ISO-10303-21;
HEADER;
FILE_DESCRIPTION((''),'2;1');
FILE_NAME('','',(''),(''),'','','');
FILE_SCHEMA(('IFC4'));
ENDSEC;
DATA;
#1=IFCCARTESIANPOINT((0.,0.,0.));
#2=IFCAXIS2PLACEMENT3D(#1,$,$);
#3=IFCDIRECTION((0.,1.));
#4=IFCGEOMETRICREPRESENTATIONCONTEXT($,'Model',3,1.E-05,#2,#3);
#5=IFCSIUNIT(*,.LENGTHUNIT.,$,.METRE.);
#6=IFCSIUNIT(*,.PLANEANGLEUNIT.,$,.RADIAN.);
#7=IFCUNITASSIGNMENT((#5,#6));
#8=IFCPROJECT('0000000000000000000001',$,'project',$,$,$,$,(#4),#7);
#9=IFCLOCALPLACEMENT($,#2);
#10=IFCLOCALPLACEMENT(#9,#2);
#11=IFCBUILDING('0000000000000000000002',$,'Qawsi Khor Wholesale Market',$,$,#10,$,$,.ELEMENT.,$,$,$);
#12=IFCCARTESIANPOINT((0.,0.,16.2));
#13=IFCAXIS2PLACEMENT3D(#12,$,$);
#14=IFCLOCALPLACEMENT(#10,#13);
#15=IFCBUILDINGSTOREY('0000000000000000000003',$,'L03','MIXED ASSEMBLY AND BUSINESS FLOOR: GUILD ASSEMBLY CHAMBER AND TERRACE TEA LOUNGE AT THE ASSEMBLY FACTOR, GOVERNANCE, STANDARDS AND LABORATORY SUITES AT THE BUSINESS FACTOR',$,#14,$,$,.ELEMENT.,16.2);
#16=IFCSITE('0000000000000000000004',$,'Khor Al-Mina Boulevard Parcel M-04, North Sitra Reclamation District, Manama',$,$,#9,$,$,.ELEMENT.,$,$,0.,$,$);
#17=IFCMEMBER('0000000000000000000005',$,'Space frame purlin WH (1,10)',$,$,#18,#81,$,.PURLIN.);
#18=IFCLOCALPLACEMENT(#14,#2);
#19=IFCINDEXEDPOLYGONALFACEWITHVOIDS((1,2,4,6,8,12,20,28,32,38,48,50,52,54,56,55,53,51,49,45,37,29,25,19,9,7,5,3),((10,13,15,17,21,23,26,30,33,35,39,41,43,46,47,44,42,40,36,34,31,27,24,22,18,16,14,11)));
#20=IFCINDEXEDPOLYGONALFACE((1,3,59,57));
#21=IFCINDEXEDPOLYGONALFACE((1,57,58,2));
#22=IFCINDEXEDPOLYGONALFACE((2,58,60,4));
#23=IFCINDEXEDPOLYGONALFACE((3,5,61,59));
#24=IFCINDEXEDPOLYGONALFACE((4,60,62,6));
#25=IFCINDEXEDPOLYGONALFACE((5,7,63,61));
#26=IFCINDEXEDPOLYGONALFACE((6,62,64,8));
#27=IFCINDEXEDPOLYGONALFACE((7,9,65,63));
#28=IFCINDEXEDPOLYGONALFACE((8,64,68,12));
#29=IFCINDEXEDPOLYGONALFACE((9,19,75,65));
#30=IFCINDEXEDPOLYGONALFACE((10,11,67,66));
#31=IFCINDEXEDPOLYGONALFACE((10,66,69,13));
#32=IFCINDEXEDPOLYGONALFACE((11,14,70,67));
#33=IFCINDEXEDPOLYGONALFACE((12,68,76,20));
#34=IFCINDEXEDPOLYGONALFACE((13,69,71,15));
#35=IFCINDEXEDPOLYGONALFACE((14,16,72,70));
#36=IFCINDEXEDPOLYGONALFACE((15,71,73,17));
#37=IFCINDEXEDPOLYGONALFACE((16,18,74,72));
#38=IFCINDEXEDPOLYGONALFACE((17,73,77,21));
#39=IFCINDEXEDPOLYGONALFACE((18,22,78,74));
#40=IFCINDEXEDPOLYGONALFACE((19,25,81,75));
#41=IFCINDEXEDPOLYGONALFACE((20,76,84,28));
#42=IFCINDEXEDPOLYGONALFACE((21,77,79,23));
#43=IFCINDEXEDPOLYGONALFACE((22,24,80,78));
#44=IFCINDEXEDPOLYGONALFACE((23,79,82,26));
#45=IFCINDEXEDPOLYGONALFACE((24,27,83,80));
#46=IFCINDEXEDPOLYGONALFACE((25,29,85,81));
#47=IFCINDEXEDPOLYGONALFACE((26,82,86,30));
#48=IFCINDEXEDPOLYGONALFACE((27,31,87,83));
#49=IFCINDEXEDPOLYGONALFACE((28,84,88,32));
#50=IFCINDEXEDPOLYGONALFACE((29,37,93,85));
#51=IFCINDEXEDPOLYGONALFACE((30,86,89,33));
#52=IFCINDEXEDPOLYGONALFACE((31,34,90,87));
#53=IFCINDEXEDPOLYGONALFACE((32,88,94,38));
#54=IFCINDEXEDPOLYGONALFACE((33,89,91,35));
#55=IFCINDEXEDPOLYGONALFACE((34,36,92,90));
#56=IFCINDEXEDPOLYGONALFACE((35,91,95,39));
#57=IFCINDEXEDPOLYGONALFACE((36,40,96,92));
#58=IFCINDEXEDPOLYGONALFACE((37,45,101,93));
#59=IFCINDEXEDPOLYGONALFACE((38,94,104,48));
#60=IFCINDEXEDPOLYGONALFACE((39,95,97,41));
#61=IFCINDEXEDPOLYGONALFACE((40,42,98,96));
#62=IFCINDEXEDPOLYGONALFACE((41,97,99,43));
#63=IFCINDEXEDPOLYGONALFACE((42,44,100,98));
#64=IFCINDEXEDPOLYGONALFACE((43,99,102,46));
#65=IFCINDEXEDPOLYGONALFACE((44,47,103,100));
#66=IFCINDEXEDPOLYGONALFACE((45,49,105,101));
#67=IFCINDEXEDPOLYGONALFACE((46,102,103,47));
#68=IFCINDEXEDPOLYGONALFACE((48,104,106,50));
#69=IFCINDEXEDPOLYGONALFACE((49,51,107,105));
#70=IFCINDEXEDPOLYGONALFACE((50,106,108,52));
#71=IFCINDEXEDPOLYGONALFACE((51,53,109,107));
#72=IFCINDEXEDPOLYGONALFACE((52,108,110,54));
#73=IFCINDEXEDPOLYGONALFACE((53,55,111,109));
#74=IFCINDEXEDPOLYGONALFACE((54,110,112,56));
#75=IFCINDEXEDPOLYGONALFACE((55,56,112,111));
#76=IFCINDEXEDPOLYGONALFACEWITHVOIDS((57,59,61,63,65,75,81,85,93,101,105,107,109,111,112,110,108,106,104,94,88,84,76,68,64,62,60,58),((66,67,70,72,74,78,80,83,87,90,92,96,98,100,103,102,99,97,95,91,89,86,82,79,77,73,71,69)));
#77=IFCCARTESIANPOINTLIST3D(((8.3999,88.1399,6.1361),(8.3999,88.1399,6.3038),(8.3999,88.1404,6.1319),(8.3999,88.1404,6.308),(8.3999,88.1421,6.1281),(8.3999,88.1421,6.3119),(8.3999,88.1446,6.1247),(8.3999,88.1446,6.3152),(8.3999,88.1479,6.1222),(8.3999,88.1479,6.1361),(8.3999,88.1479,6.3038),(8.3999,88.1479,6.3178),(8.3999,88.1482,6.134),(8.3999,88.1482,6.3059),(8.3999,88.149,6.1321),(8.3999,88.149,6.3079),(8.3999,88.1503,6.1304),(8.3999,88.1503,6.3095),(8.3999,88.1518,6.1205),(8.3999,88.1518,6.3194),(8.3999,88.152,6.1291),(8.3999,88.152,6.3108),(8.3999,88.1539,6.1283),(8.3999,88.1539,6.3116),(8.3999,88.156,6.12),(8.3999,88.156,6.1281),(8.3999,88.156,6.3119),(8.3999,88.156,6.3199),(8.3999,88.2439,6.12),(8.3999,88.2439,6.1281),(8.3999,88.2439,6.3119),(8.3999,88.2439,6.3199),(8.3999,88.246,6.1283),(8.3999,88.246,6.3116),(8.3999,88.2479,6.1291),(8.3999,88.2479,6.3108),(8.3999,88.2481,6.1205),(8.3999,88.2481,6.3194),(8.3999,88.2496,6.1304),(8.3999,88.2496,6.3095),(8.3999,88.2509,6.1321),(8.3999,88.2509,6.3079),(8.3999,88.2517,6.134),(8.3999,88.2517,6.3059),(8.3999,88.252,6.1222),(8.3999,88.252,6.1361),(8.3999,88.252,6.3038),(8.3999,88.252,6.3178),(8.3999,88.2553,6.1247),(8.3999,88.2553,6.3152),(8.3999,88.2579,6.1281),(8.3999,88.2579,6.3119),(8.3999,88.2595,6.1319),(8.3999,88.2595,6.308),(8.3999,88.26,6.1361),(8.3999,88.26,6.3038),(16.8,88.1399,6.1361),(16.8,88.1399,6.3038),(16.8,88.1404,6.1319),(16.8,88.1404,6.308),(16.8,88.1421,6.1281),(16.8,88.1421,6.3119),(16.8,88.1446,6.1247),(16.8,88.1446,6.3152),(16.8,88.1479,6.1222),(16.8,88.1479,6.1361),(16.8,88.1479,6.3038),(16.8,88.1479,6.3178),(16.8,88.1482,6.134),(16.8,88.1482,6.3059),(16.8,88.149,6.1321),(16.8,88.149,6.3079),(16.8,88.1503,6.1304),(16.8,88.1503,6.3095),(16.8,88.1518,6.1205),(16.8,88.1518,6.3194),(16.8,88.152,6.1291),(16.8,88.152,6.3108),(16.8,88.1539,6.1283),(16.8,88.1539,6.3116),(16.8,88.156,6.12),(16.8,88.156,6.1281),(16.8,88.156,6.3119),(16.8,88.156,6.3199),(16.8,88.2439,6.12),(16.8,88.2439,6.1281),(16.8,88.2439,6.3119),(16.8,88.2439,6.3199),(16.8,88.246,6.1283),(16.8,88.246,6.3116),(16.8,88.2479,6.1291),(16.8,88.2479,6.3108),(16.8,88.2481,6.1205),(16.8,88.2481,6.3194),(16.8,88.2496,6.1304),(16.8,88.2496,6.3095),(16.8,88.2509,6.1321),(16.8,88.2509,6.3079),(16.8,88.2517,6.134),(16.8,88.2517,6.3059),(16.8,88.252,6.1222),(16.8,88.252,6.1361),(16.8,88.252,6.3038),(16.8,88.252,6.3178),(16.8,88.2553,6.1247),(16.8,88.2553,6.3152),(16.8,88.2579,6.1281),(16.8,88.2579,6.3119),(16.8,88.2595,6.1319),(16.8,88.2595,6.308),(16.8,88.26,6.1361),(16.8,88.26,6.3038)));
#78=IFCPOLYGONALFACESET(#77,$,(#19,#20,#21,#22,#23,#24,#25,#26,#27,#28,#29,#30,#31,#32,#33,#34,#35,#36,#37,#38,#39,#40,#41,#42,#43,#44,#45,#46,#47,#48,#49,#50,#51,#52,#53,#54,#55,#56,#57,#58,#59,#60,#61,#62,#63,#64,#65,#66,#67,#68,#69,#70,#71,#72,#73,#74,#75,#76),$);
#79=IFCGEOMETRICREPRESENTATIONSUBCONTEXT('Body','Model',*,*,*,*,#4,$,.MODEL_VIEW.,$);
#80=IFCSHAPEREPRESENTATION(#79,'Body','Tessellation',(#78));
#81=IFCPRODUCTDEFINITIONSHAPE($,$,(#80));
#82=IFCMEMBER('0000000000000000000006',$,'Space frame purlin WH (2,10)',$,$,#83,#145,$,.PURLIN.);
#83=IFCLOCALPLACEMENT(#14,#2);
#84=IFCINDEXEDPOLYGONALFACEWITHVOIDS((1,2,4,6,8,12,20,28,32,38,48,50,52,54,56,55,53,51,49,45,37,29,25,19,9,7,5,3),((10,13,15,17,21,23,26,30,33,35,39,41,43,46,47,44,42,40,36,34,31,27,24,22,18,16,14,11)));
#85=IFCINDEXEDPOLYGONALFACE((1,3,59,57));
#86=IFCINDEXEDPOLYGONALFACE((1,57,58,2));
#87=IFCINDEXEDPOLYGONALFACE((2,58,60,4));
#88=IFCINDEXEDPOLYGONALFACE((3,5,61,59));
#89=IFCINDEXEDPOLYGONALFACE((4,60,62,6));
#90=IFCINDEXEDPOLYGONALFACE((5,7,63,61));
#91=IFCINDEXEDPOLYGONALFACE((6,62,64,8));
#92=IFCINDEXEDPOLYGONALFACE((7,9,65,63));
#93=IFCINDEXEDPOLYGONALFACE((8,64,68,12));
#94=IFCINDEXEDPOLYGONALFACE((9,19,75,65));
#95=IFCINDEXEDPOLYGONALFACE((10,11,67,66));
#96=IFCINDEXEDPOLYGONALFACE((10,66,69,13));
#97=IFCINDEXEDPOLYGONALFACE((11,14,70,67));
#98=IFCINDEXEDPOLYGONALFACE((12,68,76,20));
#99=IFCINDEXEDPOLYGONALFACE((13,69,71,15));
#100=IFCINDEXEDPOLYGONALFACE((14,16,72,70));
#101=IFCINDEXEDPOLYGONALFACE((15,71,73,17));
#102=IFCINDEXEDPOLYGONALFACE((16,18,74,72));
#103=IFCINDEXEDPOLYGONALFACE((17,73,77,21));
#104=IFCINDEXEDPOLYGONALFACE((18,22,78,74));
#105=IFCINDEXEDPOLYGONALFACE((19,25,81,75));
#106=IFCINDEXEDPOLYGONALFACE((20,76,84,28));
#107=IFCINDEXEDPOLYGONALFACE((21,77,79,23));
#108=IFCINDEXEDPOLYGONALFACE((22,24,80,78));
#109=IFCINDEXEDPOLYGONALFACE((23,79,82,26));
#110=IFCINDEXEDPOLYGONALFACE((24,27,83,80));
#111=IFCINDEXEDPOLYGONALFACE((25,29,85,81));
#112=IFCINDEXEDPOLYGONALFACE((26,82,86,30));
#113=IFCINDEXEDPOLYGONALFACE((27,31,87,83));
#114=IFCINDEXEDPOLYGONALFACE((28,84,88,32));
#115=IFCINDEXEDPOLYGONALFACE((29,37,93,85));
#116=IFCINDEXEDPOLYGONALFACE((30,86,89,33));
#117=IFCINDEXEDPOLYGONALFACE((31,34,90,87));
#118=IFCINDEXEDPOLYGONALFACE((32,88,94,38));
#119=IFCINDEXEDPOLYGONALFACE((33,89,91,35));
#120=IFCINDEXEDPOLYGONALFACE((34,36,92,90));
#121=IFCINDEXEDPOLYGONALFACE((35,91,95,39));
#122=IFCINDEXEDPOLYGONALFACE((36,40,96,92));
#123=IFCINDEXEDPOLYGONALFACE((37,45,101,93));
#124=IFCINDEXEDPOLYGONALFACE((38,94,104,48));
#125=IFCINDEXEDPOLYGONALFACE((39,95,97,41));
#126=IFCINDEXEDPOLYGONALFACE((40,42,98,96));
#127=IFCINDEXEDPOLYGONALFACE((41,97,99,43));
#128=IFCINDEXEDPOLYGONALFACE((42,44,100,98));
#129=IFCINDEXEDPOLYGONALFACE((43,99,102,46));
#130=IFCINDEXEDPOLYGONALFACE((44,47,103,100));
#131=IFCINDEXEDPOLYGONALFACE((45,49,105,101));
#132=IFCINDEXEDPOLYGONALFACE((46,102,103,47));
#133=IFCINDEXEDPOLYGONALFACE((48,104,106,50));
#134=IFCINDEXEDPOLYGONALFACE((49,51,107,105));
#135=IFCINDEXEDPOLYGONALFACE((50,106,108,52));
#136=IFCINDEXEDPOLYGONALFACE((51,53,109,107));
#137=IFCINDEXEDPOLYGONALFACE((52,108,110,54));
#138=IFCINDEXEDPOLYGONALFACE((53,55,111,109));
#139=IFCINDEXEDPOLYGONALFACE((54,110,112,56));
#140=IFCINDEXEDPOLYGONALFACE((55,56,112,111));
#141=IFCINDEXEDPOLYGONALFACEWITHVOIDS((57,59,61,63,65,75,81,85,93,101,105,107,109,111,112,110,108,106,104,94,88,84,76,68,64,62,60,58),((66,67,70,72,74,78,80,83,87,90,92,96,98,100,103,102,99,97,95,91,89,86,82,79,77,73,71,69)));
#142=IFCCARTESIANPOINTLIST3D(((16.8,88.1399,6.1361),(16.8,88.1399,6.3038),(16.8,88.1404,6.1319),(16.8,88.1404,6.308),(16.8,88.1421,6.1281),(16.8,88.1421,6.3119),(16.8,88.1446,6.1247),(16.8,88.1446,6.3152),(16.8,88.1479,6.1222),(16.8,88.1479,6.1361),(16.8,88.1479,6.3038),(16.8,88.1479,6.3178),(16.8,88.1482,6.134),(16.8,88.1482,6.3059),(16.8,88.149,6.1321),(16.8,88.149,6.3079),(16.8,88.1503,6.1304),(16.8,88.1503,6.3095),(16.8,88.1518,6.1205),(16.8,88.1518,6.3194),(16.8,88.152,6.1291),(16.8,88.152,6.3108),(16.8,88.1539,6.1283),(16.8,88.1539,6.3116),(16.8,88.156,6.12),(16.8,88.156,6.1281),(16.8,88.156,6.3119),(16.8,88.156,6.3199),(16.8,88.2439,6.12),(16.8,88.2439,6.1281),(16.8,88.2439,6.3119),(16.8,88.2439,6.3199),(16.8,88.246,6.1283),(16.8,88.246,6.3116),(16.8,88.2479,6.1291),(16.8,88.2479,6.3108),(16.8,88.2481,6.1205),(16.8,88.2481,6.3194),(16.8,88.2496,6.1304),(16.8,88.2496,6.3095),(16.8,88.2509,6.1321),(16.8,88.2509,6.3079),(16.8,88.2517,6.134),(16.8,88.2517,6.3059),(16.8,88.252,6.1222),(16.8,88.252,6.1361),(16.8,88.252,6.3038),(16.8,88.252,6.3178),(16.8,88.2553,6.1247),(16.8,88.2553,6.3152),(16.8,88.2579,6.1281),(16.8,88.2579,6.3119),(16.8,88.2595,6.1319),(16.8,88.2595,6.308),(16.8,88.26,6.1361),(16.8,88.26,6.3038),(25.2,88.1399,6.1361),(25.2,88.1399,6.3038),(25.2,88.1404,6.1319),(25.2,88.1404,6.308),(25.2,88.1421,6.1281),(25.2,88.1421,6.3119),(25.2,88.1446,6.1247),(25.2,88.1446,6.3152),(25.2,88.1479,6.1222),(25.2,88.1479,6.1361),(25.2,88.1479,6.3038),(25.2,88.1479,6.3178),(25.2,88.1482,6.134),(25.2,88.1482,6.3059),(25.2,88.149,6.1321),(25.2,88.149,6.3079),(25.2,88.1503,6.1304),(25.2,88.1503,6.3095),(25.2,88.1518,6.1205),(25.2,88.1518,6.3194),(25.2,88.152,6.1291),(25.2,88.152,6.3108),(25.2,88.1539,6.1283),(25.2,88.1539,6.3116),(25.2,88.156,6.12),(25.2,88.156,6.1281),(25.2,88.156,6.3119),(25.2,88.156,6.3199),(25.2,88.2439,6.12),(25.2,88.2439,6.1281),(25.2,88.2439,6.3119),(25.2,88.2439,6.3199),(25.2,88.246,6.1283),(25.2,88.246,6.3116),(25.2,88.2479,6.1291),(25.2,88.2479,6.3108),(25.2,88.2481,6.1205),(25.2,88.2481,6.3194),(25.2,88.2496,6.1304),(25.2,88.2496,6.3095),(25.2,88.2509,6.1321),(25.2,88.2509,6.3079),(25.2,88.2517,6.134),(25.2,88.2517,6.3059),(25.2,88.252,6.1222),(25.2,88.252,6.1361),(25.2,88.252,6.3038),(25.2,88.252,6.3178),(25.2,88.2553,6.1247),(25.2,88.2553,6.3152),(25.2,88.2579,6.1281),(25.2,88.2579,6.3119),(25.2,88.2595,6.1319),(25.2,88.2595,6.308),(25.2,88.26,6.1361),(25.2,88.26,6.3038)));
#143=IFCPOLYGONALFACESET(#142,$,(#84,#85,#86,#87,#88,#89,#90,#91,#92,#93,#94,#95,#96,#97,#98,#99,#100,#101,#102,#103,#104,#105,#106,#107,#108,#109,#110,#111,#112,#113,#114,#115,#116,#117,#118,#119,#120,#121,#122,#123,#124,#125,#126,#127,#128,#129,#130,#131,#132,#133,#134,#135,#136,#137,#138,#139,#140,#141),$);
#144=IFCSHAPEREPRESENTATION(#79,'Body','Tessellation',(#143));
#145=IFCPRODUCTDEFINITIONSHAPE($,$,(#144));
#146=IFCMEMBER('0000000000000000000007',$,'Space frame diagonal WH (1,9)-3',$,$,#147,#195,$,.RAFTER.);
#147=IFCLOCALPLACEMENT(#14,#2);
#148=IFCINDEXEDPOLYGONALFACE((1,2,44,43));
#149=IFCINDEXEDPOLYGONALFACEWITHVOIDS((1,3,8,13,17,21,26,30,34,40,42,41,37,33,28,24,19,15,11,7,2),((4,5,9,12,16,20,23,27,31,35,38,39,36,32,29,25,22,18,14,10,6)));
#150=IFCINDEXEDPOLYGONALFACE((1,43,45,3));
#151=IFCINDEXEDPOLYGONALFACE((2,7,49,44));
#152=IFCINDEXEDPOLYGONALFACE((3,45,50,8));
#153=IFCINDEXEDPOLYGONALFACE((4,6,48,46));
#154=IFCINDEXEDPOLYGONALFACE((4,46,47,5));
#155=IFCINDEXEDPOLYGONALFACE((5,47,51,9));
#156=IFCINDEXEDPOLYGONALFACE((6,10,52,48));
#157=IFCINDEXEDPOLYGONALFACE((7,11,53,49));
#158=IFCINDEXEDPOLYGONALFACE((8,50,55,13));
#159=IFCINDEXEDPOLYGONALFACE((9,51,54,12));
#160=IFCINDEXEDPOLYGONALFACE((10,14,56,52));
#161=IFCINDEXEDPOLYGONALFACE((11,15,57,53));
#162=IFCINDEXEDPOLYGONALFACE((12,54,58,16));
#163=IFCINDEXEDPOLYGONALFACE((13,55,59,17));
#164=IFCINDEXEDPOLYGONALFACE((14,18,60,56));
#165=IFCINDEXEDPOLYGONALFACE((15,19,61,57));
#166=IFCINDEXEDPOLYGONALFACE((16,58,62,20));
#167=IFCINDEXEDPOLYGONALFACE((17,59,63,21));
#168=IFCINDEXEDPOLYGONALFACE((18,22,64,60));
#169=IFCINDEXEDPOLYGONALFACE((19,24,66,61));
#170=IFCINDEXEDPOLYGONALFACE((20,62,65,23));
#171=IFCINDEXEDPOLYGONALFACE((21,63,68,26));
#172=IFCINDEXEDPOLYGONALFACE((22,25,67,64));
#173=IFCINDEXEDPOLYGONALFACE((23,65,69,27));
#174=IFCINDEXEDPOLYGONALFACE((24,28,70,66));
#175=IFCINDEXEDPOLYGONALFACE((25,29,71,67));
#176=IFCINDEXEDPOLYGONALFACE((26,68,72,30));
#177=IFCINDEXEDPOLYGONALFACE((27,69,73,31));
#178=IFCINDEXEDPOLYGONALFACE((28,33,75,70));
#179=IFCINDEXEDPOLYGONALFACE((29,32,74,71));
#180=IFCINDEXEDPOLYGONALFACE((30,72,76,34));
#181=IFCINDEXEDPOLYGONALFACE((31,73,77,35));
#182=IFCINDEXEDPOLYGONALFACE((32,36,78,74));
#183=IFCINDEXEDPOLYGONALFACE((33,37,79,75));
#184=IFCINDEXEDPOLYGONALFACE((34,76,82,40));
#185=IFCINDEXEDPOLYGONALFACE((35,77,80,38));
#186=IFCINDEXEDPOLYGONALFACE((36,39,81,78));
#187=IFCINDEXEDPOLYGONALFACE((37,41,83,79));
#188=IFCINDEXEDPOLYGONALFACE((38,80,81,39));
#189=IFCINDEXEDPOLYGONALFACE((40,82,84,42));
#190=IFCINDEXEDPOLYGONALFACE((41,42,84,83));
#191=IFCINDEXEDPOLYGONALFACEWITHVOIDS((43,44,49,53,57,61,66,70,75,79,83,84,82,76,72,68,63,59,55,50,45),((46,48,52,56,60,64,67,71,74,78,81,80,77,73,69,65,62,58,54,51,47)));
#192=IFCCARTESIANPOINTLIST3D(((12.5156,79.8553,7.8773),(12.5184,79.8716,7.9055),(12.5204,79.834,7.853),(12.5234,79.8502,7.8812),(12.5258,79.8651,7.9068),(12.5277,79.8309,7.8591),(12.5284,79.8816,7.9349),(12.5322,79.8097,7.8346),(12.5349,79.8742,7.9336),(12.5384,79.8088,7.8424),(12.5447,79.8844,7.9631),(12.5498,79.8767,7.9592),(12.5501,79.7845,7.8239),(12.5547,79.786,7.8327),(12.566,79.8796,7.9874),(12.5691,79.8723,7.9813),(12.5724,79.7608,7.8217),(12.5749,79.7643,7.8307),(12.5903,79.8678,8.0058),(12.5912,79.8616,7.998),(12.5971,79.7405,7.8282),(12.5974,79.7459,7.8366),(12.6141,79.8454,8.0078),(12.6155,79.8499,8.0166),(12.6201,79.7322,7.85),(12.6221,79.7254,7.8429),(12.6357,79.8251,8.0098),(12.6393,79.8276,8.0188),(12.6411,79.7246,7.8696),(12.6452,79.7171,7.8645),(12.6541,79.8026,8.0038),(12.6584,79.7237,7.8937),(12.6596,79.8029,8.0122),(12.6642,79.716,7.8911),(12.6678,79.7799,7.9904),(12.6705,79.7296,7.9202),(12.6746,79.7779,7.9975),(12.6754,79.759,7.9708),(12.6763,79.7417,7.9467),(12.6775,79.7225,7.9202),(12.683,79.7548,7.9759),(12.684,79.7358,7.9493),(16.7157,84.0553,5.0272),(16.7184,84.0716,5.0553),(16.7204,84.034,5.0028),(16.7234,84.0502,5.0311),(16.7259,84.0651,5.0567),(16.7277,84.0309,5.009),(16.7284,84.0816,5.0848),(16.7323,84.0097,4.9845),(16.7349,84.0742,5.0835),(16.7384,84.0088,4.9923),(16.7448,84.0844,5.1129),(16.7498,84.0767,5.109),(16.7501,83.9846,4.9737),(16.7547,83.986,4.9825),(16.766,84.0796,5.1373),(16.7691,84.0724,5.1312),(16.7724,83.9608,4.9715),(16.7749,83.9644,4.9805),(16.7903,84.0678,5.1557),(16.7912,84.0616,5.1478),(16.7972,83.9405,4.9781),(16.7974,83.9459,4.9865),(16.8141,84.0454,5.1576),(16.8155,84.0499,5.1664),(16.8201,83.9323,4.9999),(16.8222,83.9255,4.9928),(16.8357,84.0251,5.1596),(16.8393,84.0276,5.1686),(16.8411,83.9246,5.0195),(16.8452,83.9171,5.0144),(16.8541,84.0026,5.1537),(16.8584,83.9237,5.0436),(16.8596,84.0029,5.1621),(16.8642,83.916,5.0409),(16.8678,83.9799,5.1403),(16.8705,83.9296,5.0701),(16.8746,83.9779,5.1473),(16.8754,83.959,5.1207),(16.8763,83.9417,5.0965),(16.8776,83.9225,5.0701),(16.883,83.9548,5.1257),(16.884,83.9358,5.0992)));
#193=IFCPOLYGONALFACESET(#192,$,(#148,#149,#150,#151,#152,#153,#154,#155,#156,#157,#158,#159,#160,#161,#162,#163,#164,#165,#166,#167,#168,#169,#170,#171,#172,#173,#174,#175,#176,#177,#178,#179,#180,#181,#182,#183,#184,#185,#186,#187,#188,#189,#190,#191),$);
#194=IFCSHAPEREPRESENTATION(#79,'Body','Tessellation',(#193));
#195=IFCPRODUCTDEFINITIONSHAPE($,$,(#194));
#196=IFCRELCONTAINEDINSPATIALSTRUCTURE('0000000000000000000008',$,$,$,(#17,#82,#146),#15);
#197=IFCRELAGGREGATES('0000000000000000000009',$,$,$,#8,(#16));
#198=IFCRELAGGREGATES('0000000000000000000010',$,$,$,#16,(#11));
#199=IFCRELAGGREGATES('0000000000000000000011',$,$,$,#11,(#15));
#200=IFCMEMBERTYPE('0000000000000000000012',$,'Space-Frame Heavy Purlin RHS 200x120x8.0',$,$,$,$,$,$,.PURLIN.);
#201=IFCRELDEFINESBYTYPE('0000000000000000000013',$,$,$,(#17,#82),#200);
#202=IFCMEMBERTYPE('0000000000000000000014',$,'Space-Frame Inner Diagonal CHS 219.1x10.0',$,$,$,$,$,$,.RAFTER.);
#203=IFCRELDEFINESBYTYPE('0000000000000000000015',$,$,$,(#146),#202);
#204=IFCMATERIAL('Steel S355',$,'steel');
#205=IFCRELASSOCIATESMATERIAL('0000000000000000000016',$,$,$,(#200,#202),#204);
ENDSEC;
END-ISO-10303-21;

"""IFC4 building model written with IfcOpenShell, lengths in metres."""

from ifc_helpers import new_model, si_unit, direction, frame, origin, origin_2d, place, context, subcontext, project, spatial, hollow_rectangle, hollow_circle, extrude, material, material_profile, profile_set, type_object, element, save


model = new_model("IFC4")

# Units and contexts
model_context = context("Model", 3, precision=1e-05, world=origin(), true_north=direction((0.0, 1.0)))
body_context = subcontext(model_context, "Body", "Model", "MODEL_VIEW")
ifc_project = project(units=[si_unit("LENGTHUNIT", "METRE"), si_unit("PLANEANGLEUNIT", "RADIAN")], contexts=[model_context])

# Site, building, storey
site_placement = place(None, origin())
site = spatial("IfcSite", under=ifc_project, at=site_placement, Name="Khor Al-Mina Boulevard Parcel M-04, North Sitra Reclamation District, Manama", CompositionType="ELEMENT", RefElevation=0.0)
building_placement = place(site_placement, origin())
building = spatial("IfcBuilding", under=site, at=building_placement, Name="Qawsi Khor Wholesale Market", CompositionType="ELEMENT")
storey_placement = place(building_placement, frame((0.0, 0.0, 16.2)))
storey = spatial("IfcBuildingStorey", under=building, at=storey_placement, Name="L03", Description="MIXED ASSEMBLY AND BUSINESS FLOOR: GUILD ASSEMBLY CHAMBER AND TERRACE TEA LOUNGE AT THE ASSEMBLY FACTOR, GOVERNANCE, STANDARDS AND LABORATORY SUITES AT THE BUSINESS FACTOR", CompositionType="ELEMENT", Elevation=16.2)

# Members
ifc_material_1 = material(Name="Steel S355", Category="steel")
ifc_material_profile_1 = material_profile(ifc_material_1, hollow_rectangle(XDim=0.1201, YDim=0.2, WallThickness=0.0081, InnerFilletRadius=0.0081, OuterFilletRadius=0.0161, at=origin_2d()), Name="RHS 200x120x8.0")
ifc_profile_set_1 = profile_set([ifc_material_profile_1], Name="Steel S355")
member_type_1 = type_object("IfcMemberType", Name="Space-Frame Heavy Purlin RHS 200x120x8.0", PredefinedType="PURLIN", material=ifc_profile_set_1)
member_1_placement = place(storey_placement, frame((8.3999, 88.2, 6.22), z_axis=(1.0, 0.0, 0.0), x_axis=(0.0, 1.0, 0.0)))
element("IfcMember", 1, at=member_1_placement, inside=storey, type_object=member_type_1, Name="Space frame purlin WH (1,10)", PredefinedType="PURLIN", context=body_context, shape_type="SweptSolid", body=[
    extrude(hollow_rectangle(XDim=0.1201, YDim=0.2, WallThickness=0.0081, InnerFilletRadius=0.0081, OuterFilletRadius=0.0161, at=origin_2d()), origin(), (0.0, 0.0, 1.0), 8.4001),
])
member_2_placement = place(storey_placement, frame((16.8, 88.2, 6.22), z_axis=(1.0, 0.0, 0.0), x_axis=(0.0, 1.0, 0.0)))
element("IfcMember", 2, at=member_2_placement, inside=storey, type_object=member_type_1, Name="Space frame purlin WH (2,10)", PredefinedType="PURLIN", context=body_context, shape_type="SweptSolid", body=[
    extrude(hollow_rectangle(XDim=0.1201, YDim=0.2, WallThickness=0.0081, InnerFilletRadius=0.0081, OuterFilletRadius=0.0161, at=origin_2d()), origin(), (0.0, 0.0, 1.0), 8.3999),
])
ifc_material_profile_2 = material_profile(ifc_material_1, hollow_circle(Radius=0.1096, WallThickness=0.01, at=origin_2d()), Name="CHS 219.1x10.0")
ifc_profile_set_2 = profile_set([ifc_material_profile_2], Name="Steel S355")
member_type_2 = type_object("IfcMemberType", Name="Space-Frame Inner Diagonal CHS 219.1x10.0", PredefinedType="RAFTER", material=ifc_profile_set_2)
for number, where, z_axis, x_axis, name in (
    (3, (16.8, 84.0, 5.0701), (-0.637512, -0.637512, 0.432617), (0.707107, -0.707107, 0.0), "Space frame diagonal WH (1,9)-3"),
):
    element("IfcMember", number, at=place(storey_placement, frame(where, z_axis=z_axis, x_axis=x_axis)), inside=storey, type_object=member_type_2, Name=name, PredefinedType="RAFTER", context=body_context, shape_type="SweptSolid", body=[
        extrude(hollow_circle(Radius=0.1096, WallThickness=0.01, at=origin_2d()), origin(), (0.0, 0.0, 1.0), 6.5881),
    ])

save(model, "model.ifc")
